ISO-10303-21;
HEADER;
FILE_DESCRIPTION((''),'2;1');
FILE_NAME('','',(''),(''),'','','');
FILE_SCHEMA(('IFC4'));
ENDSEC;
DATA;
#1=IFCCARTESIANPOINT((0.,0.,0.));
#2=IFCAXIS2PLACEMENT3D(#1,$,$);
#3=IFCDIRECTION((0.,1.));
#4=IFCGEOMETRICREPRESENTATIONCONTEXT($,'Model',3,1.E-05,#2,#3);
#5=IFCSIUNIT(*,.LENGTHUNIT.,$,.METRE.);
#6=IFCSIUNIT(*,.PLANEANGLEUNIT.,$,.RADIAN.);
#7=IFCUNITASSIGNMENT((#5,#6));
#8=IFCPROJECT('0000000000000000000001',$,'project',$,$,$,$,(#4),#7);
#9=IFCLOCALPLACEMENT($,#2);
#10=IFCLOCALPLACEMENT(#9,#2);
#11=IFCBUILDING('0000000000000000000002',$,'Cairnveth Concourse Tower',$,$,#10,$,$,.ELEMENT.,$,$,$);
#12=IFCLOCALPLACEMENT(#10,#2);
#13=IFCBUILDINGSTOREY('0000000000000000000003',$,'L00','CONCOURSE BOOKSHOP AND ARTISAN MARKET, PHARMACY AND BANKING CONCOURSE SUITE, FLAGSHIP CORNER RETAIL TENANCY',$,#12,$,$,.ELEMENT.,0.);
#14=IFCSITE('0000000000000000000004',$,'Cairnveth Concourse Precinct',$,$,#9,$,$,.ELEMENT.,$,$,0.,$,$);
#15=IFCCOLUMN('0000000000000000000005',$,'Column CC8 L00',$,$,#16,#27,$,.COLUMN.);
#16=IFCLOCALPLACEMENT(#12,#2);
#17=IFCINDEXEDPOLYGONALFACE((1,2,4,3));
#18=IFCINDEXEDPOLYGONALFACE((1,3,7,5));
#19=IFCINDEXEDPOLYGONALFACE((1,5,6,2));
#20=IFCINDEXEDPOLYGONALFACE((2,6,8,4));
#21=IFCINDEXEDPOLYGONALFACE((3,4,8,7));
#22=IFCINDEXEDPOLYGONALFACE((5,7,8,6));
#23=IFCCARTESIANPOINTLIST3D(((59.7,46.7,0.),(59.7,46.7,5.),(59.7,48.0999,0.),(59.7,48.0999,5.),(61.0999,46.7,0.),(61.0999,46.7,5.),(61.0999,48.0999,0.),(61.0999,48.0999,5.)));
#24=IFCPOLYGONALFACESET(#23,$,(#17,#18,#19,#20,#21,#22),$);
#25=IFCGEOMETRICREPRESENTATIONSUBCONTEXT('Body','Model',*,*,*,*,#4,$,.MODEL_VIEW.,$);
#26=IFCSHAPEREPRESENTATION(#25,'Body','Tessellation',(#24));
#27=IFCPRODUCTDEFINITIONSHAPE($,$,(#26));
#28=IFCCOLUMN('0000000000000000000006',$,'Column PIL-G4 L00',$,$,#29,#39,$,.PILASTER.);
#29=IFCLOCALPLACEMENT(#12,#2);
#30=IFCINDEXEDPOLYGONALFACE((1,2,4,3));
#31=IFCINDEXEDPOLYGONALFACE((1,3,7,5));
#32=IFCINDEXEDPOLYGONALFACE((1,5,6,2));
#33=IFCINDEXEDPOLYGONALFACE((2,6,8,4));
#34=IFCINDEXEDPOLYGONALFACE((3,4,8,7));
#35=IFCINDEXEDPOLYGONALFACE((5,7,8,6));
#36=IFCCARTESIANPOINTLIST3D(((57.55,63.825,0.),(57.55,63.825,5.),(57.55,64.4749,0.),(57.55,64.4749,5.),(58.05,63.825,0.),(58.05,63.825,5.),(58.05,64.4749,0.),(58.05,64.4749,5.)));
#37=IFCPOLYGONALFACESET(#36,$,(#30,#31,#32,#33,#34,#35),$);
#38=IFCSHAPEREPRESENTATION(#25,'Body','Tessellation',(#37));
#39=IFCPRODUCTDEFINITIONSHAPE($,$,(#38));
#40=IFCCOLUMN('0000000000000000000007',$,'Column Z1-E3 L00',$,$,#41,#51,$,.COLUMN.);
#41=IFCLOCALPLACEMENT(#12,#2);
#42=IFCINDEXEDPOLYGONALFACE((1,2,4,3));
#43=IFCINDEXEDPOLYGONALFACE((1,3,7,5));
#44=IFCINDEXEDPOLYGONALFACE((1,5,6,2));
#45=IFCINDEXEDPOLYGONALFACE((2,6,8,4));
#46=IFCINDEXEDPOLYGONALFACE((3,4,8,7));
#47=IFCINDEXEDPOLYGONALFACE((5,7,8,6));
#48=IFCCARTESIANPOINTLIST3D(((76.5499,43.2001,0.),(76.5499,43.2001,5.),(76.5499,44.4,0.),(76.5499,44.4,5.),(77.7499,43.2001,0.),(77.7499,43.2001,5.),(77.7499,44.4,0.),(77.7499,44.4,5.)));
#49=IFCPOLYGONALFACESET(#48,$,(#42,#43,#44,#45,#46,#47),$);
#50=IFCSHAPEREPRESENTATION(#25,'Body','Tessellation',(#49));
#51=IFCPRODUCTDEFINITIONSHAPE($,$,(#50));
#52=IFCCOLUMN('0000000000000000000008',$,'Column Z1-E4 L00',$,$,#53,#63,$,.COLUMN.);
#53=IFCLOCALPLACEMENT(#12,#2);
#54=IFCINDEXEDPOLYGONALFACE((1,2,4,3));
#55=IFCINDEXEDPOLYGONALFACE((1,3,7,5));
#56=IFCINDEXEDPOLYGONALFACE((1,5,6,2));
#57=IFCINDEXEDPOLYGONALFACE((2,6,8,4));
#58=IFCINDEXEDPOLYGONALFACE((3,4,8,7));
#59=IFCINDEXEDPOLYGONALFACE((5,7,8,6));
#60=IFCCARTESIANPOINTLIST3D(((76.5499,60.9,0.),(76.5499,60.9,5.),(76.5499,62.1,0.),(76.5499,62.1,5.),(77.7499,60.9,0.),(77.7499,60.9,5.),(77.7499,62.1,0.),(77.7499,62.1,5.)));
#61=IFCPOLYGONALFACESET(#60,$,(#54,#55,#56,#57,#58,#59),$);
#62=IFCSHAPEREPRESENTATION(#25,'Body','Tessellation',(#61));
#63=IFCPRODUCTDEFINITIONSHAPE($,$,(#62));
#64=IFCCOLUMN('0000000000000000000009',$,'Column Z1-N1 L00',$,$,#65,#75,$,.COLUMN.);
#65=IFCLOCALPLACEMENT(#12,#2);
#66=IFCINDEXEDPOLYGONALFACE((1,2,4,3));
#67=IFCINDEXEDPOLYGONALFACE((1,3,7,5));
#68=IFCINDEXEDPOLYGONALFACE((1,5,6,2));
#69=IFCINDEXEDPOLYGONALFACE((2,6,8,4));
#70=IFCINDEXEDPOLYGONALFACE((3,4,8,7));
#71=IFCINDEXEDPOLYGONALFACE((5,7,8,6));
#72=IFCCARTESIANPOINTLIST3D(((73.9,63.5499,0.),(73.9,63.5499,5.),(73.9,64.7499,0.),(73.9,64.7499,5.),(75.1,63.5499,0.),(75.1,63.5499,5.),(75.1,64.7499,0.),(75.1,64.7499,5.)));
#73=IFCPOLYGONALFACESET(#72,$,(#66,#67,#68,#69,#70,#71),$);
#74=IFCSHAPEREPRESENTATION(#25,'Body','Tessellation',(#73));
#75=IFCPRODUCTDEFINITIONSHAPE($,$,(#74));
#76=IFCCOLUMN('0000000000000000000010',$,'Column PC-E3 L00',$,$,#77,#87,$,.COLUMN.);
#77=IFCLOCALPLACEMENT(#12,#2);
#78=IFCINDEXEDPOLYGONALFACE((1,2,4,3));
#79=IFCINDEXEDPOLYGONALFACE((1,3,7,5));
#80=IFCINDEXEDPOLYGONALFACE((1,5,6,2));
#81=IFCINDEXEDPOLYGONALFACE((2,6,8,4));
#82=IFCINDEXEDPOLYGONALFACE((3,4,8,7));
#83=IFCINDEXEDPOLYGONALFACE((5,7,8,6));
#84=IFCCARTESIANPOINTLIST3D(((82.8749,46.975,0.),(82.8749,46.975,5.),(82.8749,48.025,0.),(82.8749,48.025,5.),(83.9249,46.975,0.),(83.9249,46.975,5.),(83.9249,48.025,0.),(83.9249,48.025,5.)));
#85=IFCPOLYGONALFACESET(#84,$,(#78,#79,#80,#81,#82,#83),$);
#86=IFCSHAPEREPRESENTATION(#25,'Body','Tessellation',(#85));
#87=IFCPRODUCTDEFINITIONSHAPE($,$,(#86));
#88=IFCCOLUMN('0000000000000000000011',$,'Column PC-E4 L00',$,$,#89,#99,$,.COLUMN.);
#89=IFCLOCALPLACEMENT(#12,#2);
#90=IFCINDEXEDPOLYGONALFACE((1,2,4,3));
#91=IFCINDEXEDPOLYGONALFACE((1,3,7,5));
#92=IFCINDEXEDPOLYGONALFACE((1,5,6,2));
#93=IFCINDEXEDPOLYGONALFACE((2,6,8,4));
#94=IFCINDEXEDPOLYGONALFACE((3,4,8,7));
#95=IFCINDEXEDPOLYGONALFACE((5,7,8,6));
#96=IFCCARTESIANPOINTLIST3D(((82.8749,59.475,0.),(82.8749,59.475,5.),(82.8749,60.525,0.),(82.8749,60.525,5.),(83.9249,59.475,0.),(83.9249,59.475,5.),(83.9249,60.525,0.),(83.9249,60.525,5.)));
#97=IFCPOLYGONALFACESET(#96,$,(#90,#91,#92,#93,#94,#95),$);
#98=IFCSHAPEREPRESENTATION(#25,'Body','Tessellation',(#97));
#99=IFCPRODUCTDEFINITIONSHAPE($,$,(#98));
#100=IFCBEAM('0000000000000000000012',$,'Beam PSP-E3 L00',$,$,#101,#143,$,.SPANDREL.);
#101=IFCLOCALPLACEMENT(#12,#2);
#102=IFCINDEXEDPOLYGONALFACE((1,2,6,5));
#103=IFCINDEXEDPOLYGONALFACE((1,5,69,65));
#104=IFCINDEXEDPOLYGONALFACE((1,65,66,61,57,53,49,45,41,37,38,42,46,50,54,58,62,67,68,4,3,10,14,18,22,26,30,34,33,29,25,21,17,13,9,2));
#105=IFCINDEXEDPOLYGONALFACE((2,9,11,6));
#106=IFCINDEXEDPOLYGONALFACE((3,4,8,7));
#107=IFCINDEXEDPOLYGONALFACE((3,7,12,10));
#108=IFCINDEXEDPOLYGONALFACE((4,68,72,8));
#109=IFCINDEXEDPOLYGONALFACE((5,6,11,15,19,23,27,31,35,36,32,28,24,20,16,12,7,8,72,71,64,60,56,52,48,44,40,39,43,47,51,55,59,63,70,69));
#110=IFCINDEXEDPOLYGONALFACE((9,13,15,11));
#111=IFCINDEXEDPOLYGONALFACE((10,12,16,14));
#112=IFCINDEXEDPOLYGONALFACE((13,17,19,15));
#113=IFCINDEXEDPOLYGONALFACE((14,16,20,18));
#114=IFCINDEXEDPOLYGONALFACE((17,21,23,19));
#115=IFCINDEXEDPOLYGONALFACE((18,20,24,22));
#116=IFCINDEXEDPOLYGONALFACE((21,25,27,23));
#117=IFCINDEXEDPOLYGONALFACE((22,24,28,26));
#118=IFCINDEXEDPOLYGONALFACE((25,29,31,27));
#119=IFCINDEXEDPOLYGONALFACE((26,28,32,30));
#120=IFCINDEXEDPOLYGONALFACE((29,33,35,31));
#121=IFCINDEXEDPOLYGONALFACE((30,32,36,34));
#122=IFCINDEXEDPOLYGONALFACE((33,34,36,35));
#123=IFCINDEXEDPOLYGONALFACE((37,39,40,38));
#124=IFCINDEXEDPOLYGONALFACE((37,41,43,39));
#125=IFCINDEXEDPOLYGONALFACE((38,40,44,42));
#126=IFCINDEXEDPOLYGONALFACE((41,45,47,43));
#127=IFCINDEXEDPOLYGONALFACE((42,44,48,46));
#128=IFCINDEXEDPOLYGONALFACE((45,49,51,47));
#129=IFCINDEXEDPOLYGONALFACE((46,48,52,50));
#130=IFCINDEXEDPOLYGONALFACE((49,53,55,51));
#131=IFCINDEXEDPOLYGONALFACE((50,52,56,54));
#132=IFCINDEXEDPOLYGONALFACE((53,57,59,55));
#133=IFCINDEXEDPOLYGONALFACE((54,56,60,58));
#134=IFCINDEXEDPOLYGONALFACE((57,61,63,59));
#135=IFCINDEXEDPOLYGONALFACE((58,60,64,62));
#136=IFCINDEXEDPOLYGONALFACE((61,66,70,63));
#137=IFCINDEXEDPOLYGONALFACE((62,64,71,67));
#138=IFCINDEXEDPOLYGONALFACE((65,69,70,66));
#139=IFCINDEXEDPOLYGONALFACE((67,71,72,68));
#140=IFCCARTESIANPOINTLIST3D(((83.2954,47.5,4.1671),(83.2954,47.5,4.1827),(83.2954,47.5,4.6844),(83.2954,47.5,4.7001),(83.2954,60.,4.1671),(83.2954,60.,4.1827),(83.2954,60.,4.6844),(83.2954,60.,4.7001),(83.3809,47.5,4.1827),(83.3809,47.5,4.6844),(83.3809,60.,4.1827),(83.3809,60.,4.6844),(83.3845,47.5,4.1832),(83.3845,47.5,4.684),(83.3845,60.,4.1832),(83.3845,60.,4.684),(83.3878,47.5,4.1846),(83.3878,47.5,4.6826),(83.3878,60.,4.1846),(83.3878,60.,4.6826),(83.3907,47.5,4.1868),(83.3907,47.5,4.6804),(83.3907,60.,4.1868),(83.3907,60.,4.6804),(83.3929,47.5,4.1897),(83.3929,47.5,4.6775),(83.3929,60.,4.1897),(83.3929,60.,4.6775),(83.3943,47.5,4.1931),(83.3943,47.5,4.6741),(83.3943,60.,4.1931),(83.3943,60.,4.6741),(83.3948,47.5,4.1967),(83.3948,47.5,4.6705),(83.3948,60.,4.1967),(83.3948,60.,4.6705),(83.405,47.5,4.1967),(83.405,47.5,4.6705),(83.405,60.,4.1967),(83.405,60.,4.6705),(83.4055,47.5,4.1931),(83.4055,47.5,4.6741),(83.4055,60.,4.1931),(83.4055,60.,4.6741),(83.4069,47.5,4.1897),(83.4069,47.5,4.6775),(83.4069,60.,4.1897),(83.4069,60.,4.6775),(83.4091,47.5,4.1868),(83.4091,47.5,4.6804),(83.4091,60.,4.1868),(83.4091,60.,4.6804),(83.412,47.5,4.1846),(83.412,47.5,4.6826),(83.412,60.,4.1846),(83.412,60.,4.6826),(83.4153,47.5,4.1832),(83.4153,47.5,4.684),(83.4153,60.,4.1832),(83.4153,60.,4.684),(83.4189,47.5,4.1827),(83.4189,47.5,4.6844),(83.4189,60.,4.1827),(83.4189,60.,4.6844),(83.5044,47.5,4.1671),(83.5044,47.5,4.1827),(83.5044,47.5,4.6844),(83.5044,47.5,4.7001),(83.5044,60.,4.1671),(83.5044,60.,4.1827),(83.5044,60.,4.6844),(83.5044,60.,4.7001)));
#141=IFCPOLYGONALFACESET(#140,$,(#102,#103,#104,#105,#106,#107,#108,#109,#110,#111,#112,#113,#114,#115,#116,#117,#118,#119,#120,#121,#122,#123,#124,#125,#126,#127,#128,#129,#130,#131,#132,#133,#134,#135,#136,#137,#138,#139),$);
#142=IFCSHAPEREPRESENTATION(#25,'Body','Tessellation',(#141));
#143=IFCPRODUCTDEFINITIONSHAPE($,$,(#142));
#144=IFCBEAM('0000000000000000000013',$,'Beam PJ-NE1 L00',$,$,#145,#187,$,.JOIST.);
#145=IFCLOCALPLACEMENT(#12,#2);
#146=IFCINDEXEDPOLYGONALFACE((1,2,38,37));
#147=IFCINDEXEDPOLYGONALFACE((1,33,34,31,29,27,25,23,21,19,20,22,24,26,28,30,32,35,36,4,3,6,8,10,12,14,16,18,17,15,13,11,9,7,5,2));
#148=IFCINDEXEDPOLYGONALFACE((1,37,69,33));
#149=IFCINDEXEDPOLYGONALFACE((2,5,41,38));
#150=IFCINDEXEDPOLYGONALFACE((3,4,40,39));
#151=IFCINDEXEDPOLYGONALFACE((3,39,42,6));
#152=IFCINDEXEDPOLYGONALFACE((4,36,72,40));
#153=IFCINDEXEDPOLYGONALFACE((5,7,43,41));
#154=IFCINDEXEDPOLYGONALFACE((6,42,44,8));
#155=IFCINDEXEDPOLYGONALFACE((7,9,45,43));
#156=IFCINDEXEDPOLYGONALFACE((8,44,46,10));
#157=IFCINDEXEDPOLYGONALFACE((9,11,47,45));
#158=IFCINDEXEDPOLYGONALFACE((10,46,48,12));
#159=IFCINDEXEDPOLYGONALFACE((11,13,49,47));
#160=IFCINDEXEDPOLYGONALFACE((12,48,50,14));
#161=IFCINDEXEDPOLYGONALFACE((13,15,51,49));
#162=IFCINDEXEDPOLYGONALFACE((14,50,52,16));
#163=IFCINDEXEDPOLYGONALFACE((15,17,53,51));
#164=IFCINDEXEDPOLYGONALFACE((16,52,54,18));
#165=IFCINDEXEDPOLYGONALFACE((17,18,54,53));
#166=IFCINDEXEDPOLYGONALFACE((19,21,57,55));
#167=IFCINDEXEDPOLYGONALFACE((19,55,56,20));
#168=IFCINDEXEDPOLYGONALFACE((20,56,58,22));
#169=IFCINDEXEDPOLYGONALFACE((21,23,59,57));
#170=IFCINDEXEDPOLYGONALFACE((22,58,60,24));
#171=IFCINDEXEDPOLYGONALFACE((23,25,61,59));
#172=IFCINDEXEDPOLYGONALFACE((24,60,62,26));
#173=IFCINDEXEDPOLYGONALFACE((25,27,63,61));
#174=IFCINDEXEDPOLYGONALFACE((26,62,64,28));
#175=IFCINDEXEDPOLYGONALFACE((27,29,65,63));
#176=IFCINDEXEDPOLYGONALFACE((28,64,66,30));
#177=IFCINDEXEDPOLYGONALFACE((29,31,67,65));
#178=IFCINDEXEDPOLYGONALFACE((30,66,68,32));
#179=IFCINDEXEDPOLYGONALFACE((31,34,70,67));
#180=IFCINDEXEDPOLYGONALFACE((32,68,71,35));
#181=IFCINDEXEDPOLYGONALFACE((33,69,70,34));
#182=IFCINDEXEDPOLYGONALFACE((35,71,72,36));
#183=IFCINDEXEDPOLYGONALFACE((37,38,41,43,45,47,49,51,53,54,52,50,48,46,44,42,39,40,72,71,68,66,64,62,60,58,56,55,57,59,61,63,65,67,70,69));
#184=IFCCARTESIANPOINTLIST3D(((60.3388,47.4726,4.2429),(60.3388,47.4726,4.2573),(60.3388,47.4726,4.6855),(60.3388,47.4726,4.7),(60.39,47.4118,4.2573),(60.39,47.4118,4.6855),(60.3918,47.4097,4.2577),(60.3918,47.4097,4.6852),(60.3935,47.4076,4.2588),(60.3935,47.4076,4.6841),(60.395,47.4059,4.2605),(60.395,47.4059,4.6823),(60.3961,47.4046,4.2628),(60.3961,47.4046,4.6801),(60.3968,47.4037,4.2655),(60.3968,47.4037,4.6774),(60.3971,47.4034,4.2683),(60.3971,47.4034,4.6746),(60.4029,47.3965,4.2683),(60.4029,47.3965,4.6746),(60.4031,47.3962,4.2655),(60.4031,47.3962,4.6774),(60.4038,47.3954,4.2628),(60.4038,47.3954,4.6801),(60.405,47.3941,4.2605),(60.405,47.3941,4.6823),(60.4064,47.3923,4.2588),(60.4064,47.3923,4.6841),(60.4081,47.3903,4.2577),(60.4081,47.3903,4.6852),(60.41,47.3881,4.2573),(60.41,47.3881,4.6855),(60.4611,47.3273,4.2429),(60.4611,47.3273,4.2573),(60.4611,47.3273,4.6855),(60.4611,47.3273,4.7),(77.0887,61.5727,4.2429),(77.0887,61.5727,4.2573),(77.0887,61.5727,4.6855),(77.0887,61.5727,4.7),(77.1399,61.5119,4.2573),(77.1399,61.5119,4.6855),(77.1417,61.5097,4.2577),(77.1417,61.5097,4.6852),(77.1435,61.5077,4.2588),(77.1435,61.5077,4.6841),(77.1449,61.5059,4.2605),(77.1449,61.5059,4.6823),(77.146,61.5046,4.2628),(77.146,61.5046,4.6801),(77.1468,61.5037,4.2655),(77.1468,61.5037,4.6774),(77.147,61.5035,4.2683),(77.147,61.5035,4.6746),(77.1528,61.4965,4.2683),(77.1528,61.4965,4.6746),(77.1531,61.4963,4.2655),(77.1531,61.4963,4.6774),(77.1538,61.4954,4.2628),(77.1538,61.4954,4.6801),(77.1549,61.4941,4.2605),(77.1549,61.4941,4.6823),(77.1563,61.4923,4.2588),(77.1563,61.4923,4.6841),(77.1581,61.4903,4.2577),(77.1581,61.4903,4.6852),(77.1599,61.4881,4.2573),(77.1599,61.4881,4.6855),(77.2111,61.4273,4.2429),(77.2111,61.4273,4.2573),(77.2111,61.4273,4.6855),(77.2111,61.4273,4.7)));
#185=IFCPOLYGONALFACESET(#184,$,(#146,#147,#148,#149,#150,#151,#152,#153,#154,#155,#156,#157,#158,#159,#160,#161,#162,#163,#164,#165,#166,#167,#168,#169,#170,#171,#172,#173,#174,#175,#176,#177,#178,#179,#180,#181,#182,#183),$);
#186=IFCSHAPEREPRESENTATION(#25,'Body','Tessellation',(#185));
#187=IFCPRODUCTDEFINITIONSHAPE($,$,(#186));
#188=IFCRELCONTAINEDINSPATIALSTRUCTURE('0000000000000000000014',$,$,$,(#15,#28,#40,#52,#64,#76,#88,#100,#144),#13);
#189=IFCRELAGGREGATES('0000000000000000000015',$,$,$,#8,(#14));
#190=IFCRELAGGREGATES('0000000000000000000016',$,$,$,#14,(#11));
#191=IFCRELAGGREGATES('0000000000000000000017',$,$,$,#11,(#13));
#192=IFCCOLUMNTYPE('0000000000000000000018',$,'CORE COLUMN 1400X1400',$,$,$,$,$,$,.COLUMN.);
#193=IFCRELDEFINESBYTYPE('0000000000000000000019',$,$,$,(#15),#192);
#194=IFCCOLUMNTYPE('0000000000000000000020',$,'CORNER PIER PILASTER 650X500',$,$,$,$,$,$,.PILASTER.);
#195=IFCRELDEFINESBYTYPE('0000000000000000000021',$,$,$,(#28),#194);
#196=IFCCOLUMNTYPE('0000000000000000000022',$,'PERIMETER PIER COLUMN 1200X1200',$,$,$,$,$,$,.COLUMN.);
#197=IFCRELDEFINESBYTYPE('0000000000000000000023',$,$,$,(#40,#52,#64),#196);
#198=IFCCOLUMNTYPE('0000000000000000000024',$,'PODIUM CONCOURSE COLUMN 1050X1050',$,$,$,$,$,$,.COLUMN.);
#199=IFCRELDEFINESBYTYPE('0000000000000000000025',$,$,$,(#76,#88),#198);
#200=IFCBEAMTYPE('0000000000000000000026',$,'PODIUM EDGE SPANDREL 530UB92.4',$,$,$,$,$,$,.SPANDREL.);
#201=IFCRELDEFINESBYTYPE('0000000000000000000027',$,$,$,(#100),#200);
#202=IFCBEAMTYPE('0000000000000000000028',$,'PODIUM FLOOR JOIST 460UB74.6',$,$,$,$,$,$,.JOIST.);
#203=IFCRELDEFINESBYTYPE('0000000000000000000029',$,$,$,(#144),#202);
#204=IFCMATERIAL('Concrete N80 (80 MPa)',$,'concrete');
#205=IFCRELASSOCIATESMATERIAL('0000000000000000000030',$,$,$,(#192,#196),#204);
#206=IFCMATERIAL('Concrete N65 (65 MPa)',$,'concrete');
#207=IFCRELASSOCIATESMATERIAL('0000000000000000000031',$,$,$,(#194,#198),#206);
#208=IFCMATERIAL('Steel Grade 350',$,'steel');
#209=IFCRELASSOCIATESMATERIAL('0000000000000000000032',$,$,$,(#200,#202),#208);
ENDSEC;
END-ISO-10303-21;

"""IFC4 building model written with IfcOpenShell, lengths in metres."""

from ifc_helpers import new_model, si_unit, direction, frame, origin, origin_2d, place, context, subcontext, project, spatial, rectangle, i_section, extrude, material, material_profile, profile_set, type_object, element, save


model = new_model("IFC4")

# Units and contexts
model_context = context("Model", 3, precision=1e-05, world=origin(), true_north=direction((0.0, 1.0)))
body_context = subcontext(model_context, "Body", "Model", "MODEL_VIEW")
ifc_project = project(units=[si_unit("LENGTHUNIT", "METRE"), si_unit("PLANEANGLEUNIT", "RADIAN")], contexts=[model_context])

# Site, building, storey
site_placement = place(None, origin())
site = spatial("IfcSite", under=ifc_project, at=site_placement, Name="Cairnveth Concourse Precinct", CompositionType="ELEMENT", RefElevation=0.0)
building_placement = place(site_placement, origin())
building = spatial("IfcBuilding", under=site, at=building_placement, Name="Cairnveth Concourse Tower", CompositionType="ELEMENT")
storey_placement = place(building_placement, origin())
storey = spatial("IfcBuildingStorey", under=building, at=storey_placement, Name="L00", Description="CONCOURSE BOOKSHOP AND ARTISAN MARKET, PHARMACY AND BANKING CONCOURSE SUITE, FLAGSHIP CORNER RETAIL TENANCY", CompositionType="ELEMENT", Elevation=0.0)

# Columns
ifc_material_1 = material(Name="Concrete N80 (80 MPa)", Category="concrete")
ifc_material_profile_1 = material_profile(ifc_material_1, rectangle(XDim=1.3999, YDim=1.3999, at=origin_2d()), Name="RC-COL-1400x1400")
ifc_profile_set_1 = profile_set([ifc_material_profile_1], Name="Concrete N80 (80 MPa)")
column_type_1 = type_object("IfcColumnType", Name="CORE COLUMN 1400X1400", PredefinedType="COLUMN", material=ifc_profile_set_1)
column_1_placement = place(storey_placement, frame((60.3999, 47.3999, 0.0), z_axis=(0.0, 0.0, 1.0), x_axis=(1.0, 0.0, 0.0)))
element("IfcColumn", 1, at=column_1_placement, inside=storey, type_object=column_type_1, Name="Column CC8 L00", PredefinedType="COLUMN", context=body_context, shape_type="SweptSolid", body=[
    extrude(rectangle(XDim=1.3999, YDim=1.3999, at=origin_2d()), origin(), (0.0, 0.0, 1.0), 5.0),
])
ifc_material_2 = material(Name="Concrete N65 (65 MPa)", Category="concrete")
ifc_material_profile_2 = material_profile(ifc_material_2, rectangle(XDim=0.5, YDim=0.6499, at=origin_2d()), Name="RC-PIL-650x500")
ifc_profile_set_2 = profile_set([ifc_material_profile_2], Name="Concrete N65 (65 MPa)")
column_type_2 = type_object("IfcColumnType", Name="CORNER PIER PILASTER 650X500", PredefinedType="PILASTER", material=ifc_profile_set_2)
column_2_placement = place(storey_placement, frame((57.8, 64.1499, 0.0), z_axis=(0.0, 0.0, 1.0), x_axis=(1.0, 0.0, 0.0)))
element("IfcColumn", 2, at=column_2_placement, inside=storey, type_object=column_type_2, Name="Column PIL-G4 L00", PredefinedType="PILASTER", context=body_context, shape_type="SweptSolid", body=[
    extrude(rectangle(XDim=0.5, YDim=0.6499, at=origin_2d()), origin(), (0.0, 0.0, 1.0), 5.0),
])
ifc_material_profile_3 = material_profile(ifc_material_1, rectangle(XDim=1.2, YDim=1.2, at=origin_2d()), Name="RC-COL-1200x1200")
ifc_profile_set_3 = profile_set([ifc_material_profile_3], Name="Concrete N80 (80 MPa)")
column_type_3 = type_object("IfcColumnType", Name="PERIMETER PIER COLUMN 1200X1200", PredefinedType="COLUMN", material=ifc_profile_set_3)
for number, where, z_axis, x_axis, name in (
    (3, (77.1499, 43.8, 0.0), (0.0, 0.0, 1.0), (1.0, 0.0, 0.0), "Column Z1-E3 L00"),
    (4, (77.1499, 61.5, 0.0), (0.0, 0.0, 1.0), (1.0, 0.0, 0.0), "Column Z1-E4 L00"),
    (5, (74.5, 64.1499, 0.0), (0.0, 0.0, 1.0), (1.0, 0.0, 0.0), "Column Z1-N1 L00"),
):
    element("IfcColumn", number, at=place(storey_placement, frame(where, z_axis=z_axis, x_axis=x_axis)), inside=storey, type_object=column_type_3, Name=name, PredefinedType="COLUMN", context=body_context, shape_type="SweptSolid", body=[
        extrude(rectangle(XDim=1.2, YDim=1.2, at=origin_2d()), origin(), (0.0, 0.0, 1.0), 5.0),
    ])
ifc_material_profile_4 = material_profile(ifc_material_2, rectangle(XDim=1.05, YDim=1.05, at=origin_2d()), Name="RC-COL-1050x1050")
ifc_profile_set_4 = profile_set([ifc_material_profile_4], Name="Concrete N65 (65 MPa)")
column_type_4 = type_object("IfcColumnType", Name="PODIUM CONCOURSE COLUMN 1050X1050", PredefinedType="COLUMN", material=ifc_profile_set_4)
for number, where, z_axis, x_axis, name in (
    (6, (83.3999, 47.5, 0.0), (0.0, 0.0, 1.0), (1.0, 0.0, 0.0), "Column PC-E3 L00"),
    (7, (83.3999, 60.0, 0.0), (0.0, 0.0, 1.0), (1.0, 0.0, 0.0), "Column PC-E4 L00"),
):
    element("IfcColumn", number, at=place(storey_placement, frame(where, z_axis=z_axis, x_axis=x_axis)), inside=storey, type_object=column_type_4, Name=name, PredefinedType="COLUMN", context=body_context, shape_type="SweptSolid", body=[
        extrude(rectangle(XDim=1.05, YDim=1.05, at=origin_2d()), origin(), (0.0, 0.0, 1.0), 5.0),
    ])

# Beams
ifc_material_3 = material(Name="Steel Grade 350", Category="steel")
ifc_material_profile_5 = material_profile(ifc_material_3, i_section(OverallWidth=0.209, OverallDepth=0.533, WebThickness=0.0103, FlangeThickness=0.0156, FilletRadius=0.0139, at=origin_2d()), Name="530UB92.4")
ifc_profile_set_5 = profile_set([ifc_material_profile_5], Name="Steel Grade 350")
beam_type_1 = type_object("IfcBeamType", Name="PODIUM EDGE SPANDREL 530UB92.4", PredefinedType="SPANDREL", material=ifc_profile_set_5)
beam_1_placement = place(storey_placement, frame((83.3999, 47.5, 4.4336), z_axis=(0.0, 1.0, 0.0), x_axis=(-1.0, 0.0, 0.0)))
element("IfcBeam", 8, at=beam_1_placement, inside=storey, type_object=beam_type_1, Name="Beam PSP-E3 L00", PredefinedType="SPANDREL", context=body_context, shape_type="SweptSolid", body=[
    extrude(i_section(OverallWidth=0.209, OverallDepth=0.533, WebThickness=0.0103, FlangeThickness=0.0156, FilletRadius=0.0139, at=origin_2d()), origin(), (0.0, 0.0, 1.0), 12.5),
])
ifc_material_profile_6 = material_profile(ifc_material_3, i_section(OverallWidth=0.1899, OverallDepth=0.457, WebThickness=0.009, FlangeThickness=0.0144, FilletRadius=0.011, at=origin_2d()), Name="460UB74.6")
ifc_profile_set_6 = profile_set([ifc_material_profile_6], Name="Steel Grade 350")
beam_type_2 = type_object("IfcBeamType", Name="PODIUM FLOOR JOIST 460UB74.6", PredefinedType="JOIST", material=ifc_profile_set_6)
beam_2_placement = place(storey_placement, frame((77.1499, 61.5, 4.4714), z_axis=(-0.765027, -0.643998, 0.0), x_axis=(0.643998, -0.765027, 0.0)))
element("IfcBeam", 9, at=beam_2_placement, inside=storey, type_object=beam_type_2, Name="Beam PJ-NE1 L00", PredefinedType="JOIST", context=body_context, shape_type="SweptSolid", body=[
    extrude(i_section(OverallWidth=0.1899, OverallDepth=0.457, WebThickness=0.009, FlangeThickness=0.0144, FilletRadius=0.011, at=origin_2d()), origin(), (0.0, 0.0, 1.0), 21.8945),
])

save(model, "model.ifc")
